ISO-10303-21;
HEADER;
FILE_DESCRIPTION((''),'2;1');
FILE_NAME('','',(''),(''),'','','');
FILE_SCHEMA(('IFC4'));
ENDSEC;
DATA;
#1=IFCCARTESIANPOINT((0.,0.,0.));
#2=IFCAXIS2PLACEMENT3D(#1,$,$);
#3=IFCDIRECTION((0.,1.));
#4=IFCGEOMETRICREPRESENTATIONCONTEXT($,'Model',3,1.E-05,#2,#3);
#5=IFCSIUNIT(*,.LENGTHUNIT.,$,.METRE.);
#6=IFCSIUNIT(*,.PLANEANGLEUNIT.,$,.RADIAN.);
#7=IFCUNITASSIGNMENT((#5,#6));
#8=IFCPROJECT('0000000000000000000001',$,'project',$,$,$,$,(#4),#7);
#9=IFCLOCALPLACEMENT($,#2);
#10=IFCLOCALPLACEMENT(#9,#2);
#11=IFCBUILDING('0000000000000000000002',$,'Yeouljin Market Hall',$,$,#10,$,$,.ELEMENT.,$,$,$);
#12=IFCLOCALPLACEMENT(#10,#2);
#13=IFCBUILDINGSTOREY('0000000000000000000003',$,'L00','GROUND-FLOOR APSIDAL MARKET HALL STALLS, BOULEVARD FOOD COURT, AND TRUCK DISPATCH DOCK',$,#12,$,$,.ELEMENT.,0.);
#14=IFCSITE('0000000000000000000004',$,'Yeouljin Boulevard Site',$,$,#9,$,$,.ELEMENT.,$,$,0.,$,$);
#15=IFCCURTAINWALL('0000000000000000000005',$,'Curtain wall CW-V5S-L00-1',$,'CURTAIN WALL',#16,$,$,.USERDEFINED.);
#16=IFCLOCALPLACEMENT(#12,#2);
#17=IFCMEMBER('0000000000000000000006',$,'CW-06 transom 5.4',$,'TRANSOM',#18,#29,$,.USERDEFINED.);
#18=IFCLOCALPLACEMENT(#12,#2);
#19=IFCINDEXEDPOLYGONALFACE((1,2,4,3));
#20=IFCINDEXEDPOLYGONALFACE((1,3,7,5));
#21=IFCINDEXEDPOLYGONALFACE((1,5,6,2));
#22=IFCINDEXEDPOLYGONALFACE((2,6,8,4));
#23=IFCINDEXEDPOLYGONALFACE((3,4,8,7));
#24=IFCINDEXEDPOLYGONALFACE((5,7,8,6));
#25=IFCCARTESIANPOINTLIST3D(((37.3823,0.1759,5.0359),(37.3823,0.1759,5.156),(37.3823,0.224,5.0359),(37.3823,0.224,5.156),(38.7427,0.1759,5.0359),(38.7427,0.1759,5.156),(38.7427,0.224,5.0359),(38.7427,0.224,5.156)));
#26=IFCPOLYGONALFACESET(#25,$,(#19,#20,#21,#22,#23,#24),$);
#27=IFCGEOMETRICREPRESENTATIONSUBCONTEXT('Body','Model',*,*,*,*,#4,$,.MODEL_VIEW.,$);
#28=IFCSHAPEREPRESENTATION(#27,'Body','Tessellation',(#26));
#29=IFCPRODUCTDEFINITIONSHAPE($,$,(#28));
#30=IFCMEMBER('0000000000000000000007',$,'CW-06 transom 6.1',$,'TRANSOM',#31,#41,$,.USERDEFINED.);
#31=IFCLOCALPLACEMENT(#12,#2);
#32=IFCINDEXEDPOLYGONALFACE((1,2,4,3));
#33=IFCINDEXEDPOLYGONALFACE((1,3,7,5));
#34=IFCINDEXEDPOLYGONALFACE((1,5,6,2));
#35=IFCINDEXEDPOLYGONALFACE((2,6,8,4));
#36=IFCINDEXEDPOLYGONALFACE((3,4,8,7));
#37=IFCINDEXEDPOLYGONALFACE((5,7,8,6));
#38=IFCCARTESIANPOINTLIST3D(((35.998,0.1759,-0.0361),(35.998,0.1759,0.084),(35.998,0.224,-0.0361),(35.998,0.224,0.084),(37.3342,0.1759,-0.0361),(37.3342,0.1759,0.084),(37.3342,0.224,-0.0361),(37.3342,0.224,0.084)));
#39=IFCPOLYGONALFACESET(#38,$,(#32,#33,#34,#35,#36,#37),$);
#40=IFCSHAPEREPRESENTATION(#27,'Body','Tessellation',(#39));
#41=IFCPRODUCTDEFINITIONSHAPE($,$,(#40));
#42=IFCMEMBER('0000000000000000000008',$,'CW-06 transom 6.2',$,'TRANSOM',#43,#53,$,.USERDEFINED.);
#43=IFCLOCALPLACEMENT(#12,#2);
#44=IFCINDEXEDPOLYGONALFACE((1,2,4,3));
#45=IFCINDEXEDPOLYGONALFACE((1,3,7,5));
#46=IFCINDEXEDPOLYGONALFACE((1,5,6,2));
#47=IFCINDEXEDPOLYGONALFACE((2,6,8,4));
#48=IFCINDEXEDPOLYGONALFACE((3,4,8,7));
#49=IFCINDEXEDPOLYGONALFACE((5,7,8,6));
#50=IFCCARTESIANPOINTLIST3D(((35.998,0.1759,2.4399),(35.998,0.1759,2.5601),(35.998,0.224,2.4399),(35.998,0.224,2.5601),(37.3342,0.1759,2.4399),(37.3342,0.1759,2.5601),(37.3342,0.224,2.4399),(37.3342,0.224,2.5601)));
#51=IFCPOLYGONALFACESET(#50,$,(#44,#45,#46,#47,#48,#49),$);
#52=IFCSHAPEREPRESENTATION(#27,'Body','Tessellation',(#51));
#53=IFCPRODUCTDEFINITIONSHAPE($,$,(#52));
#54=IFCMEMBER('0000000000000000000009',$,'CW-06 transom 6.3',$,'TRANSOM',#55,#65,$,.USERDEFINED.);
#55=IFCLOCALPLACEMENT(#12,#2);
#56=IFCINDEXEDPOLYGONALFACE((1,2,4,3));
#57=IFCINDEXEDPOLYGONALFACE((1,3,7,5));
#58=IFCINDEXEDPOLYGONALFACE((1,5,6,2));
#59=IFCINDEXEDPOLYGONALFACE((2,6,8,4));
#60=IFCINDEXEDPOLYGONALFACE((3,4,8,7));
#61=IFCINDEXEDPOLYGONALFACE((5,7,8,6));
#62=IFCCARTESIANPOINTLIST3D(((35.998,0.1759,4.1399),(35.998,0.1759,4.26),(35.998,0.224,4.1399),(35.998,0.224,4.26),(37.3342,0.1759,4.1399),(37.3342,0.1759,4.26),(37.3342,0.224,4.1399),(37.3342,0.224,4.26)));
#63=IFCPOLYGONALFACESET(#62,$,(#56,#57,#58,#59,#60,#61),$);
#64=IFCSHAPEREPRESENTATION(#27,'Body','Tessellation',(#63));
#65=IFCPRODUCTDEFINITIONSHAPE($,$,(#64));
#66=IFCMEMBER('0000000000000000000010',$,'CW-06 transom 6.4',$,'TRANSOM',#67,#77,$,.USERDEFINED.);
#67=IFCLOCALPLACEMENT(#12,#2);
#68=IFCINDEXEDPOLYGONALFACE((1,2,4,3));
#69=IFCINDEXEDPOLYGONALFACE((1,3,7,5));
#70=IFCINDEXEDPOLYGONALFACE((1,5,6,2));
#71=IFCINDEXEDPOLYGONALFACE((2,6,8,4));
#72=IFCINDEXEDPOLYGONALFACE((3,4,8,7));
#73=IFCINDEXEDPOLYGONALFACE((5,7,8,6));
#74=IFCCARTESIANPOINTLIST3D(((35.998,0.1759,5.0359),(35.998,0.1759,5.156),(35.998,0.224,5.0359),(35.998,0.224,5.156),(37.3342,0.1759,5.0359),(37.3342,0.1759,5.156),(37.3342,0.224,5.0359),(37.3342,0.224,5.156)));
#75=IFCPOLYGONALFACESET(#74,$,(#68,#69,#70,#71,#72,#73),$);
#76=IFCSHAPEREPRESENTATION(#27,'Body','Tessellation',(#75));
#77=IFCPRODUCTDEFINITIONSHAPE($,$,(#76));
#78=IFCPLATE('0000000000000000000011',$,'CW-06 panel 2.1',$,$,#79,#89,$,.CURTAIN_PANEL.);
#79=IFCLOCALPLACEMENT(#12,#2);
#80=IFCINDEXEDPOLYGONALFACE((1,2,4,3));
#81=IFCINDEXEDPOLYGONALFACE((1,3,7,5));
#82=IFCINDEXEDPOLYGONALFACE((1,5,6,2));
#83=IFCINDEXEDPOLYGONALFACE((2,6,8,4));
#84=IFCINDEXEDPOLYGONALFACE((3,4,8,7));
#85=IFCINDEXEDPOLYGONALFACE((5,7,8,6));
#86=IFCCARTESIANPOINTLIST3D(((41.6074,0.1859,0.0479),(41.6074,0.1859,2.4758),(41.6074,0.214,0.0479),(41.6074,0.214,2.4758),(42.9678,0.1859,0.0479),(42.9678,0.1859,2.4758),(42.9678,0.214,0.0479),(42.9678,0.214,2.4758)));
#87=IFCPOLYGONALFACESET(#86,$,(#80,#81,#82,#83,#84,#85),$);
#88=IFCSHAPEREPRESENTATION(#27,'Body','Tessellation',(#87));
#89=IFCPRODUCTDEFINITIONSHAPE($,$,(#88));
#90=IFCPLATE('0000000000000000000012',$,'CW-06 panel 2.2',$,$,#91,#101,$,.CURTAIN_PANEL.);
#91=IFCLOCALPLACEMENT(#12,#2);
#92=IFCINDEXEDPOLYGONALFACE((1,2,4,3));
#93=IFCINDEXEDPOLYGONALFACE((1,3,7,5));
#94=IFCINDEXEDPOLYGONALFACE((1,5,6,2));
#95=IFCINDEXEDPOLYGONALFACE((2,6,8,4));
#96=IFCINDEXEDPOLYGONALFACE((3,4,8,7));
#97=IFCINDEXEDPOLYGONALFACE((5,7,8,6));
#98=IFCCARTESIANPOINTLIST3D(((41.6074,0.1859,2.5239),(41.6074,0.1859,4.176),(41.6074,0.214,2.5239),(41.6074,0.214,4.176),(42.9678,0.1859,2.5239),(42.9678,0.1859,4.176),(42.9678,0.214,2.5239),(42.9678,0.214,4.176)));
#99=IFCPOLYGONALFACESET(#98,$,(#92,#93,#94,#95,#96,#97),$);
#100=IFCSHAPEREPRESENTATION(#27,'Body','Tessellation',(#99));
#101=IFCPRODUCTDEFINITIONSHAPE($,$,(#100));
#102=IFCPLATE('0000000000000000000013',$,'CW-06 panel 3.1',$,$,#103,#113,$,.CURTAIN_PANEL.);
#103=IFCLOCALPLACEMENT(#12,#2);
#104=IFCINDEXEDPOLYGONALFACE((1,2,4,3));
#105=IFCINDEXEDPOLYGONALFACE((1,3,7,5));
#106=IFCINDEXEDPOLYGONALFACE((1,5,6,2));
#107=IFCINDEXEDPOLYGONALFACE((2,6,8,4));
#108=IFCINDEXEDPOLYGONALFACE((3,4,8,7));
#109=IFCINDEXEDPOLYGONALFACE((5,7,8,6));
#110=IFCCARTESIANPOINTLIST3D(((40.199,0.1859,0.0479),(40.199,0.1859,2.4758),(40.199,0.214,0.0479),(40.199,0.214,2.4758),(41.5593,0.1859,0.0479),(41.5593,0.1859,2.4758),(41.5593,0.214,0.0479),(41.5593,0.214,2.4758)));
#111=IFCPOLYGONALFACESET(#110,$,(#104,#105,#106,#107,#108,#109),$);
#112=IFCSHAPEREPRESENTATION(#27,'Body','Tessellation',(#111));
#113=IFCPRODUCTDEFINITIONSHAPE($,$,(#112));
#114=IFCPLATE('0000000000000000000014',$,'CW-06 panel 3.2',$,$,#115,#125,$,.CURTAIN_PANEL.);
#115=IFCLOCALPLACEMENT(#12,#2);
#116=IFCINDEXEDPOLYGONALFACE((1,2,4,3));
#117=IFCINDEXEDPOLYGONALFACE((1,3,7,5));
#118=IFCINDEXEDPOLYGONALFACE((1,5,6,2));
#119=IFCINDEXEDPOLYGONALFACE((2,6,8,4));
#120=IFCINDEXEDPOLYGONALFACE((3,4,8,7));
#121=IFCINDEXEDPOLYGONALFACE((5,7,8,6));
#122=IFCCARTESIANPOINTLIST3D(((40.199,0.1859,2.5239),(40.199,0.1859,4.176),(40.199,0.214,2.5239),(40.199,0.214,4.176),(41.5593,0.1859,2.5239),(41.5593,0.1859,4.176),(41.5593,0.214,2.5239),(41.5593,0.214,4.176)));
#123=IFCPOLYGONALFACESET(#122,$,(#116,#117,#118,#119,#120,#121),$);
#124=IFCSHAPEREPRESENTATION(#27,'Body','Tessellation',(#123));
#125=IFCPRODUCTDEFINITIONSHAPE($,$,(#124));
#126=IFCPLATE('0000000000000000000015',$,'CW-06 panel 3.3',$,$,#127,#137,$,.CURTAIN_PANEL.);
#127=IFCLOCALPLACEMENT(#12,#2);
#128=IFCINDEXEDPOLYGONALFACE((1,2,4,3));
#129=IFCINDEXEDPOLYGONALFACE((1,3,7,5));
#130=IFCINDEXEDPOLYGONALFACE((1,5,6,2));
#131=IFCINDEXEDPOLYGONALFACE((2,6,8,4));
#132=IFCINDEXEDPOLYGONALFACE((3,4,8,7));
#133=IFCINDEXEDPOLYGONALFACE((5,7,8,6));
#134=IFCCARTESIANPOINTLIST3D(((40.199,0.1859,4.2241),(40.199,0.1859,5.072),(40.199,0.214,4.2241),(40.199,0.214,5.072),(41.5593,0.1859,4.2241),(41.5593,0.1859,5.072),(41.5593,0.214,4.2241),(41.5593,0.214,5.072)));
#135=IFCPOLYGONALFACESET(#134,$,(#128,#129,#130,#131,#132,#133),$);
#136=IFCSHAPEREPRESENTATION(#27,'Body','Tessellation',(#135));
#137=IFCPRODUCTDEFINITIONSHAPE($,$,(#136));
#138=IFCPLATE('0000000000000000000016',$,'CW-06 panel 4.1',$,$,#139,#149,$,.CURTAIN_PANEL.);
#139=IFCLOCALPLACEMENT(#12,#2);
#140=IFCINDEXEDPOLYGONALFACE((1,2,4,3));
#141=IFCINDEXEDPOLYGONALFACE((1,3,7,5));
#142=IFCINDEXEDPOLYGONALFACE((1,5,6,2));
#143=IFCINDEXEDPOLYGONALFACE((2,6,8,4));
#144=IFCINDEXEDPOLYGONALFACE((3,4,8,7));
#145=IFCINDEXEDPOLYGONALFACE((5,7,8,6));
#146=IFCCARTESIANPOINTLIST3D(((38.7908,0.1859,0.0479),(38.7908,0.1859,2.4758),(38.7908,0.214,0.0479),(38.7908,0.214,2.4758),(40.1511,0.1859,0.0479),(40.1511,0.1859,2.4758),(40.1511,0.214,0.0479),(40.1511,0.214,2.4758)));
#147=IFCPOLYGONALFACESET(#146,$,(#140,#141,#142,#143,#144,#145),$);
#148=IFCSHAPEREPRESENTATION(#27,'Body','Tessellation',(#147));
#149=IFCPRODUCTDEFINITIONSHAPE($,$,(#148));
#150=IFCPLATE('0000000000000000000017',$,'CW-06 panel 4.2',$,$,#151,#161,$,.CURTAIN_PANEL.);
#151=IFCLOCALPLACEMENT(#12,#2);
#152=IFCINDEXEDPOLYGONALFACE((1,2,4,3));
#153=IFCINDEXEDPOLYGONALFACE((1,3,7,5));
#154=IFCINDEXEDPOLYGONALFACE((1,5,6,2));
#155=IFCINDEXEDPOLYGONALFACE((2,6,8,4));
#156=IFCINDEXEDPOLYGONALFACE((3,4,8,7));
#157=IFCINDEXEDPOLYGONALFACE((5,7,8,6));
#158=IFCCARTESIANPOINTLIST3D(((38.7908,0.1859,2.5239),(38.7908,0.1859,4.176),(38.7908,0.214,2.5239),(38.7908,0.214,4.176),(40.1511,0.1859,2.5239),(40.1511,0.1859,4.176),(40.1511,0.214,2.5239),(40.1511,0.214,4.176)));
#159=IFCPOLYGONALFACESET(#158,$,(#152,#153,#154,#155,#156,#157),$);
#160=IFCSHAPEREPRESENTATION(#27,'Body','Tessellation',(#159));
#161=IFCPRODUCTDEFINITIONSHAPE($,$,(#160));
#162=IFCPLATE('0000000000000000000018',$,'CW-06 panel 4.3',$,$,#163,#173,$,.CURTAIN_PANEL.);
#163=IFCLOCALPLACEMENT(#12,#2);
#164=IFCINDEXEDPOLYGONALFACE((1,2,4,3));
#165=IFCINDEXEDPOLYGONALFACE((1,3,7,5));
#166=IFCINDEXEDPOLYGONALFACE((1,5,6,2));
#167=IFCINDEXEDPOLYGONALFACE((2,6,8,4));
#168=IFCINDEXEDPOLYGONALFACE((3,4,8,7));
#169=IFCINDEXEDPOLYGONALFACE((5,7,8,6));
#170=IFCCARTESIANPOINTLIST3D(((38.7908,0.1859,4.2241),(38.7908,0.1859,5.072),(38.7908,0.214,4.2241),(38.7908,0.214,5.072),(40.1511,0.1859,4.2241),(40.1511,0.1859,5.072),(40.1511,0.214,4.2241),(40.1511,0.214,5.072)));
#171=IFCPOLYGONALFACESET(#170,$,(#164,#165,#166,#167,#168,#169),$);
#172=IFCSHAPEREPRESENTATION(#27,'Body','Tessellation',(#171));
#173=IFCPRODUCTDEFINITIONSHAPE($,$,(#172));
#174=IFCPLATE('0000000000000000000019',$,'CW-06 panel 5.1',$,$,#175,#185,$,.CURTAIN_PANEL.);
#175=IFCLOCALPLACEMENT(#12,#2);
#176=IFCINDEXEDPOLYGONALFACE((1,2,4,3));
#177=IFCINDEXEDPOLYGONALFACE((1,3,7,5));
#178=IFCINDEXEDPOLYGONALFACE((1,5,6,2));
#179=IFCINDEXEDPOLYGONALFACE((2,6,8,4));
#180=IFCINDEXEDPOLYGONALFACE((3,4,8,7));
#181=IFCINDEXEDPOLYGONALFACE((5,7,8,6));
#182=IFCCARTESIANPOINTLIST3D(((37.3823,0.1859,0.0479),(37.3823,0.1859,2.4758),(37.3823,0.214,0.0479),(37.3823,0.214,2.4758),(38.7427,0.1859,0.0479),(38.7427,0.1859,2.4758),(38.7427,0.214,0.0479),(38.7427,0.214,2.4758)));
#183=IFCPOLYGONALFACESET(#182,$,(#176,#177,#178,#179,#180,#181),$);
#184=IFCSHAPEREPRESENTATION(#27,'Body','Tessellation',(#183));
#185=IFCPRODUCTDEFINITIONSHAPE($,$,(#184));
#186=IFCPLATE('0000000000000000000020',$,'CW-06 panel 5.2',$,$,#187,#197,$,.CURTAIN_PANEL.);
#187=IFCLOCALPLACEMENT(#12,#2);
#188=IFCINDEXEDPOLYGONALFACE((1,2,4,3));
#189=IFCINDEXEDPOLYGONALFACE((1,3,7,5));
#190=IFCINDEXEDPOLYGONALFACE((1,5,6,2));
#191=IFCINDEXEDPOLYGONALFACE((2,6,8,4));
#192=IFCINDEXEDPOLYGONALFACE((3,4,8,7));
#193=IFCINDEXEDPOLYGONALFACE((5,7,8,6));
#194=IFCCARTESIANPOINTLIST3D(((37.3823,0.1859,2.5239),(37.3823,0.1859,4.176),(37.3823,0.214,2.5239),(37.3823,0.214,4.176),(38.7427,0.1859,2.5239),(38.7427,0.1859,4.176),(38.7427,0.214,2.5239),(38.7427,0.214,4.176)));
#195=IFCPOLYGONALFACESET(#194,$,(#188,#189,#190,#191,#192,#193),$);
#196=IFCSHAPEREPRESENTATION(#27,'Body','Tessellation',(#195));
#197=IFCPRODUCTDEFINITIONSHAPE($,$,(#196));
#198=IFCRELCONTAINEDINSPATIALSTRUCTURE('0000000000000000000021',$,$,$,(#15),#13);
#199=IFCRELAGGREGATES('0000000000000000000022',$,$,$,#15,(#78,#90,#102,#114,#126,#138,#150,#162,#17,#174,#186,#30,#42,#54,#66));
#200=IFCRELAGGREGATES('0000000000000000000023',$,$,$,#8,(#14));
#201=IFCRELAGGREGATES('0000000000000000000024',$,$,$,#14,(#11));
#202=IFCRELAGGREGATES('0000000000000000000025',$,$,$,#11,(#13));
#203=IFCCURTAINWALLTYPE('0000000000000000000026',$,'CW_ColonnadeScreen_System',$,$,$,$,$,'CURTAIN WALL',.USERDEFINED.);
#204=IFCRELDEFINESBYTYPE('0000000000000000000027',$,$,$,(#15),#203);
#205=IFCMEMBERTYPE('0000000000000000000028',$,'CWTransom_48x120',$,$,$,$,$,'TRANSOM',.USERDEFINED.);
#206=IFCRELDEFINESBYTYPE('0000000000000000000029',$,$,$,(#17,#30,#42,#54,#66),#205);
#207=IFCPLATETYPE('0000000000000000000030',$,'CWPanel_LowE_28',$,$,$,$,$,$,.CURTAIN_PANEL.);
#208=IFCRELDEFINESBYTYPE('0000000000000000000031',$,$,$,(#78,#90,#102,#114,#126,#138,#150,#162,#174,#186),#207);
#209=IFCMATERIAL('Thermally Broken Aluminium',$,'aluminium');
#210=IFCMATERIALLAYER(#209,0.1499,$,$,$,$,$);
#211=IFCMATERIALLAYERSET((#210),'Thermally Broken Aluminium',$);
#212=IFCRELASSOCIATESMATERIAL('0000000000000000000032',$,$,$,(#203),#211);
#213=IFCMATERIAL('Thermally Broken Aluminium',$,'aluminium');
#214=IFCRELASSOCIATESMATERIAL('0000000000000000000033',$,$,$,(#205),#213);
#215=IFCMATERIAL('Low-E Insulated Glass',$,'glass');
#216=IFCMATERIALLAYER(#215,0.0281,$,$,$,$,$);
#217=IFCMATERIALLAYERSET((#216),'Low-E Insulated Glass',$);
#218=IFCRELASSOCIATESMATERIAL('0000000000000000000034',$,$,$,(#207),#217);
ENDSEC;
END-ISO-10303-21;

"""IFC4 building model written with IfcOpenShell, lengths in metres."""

from ifc_helpers import new_model, si_unit, direction, frame, origin, origin_2d, place, context, subcontext, project, spatial, rectangle, extrude, material, layer, layer_set, material_profile, profile_set, type_object, element, aggregate, save


model = new_model("IFC4")

# Units and contexts
model_context = context("Model", 3, precision=1e-05, world=origin(), true_north=direction((0.0, 1.0)))
body_context = subcontext(model_context, "Body", "Model", "MODEL_VIEW")
ifc_project = project(units=[si_unit("LENGTHUNIT", "METRE"), si_unit("PLANEANGLEUNIT", "RADIAN")], contexts=[model_context])

# Site, building, storey
site_placement = place(None, origin())
site = spatial("IfcSite", under=ifc_project, at=site_placement, Name="Yeouljin Boulevard Site", CompositionType="ELEMENT", RefElevation=0.0)
building_placement = place(site_placement, origin())
building = spatial("IfcBuilding", under=site, at=building_placement, Name="Yeouljin Market Hall", CompositionType="ELEMENT")
storey_placement = place(building_placement, origin())
storey = spatial("IfcBuildingStorey", under=building, at=storey_placement, Name="L00", Description="GROUND-FLOOR APSIDAL MARKET HALL STALLS, BOULEVARD FOOD COURT, AND TRUCK DISPATCH DOCK", CompositionType="ELEMENT", Elevation=0.0)

# Curtain wall, members, plates
ifc_material_1 = material(Name="Thermally Broken Aluminium", Category="aluminium")
ifc_layer_1 = layer(ifc_material_1, 0.1499)
ifc_layer_set_1 = layer_set([ifc_layer_1], Name="Thermally Broken Aluminium")
curtain_wall_type = type_object("IfcCurtainWallType", Name="CW_ColonnadeScreen_System", ElementType="CURTAIN WALL", PredefinedType="USERDEFINED", material=ifc_layer_set_1)
curtain_wall_placement = place(storey_placement, origin())
curtain_wall = element("IfcCurtainWall", 1, at=curtain_wall_placement, inside=storey, type_object=curtain_wall_type, Name="Curtain wall CW-V5S-L00-1", ObjectType="CURTAIN WALL", PredefinedType="USERDEFINED")
ifc_material_2 = material(Name="Thermally Broken Aluminium", Category="aluminium")
ifc_material_profile_1 = material_profile(ifc_material_2, rectangle(XDim=0.0481, YDim=0.1201, at=origin_2d()), Name="CW-TRAN-48x120")
ifc_profile_set_1 = profile_set([ifc_material_profile_1], Name="Thermally Broken Aluminium")
member_type_1 = type_object("IfcMemberType", Name="CWTransom_48x120", ElementType="TRANSOM", PredefinedType="USERDEFINED", material=ifc_profile_set_1)
member_1_placement = place(storey_placement, frame((38.7427, 0.2, 5.0959), z_axis=(-1.0, 0.0, 0.0), x_axis=(0.0, -1.0, 0.0)))
member_1 = element("IfcMember", 2, at=member_1_placement, type_object=member_type_1, Name="CW-06 transom 5.4", ObjectType="TRANSOM", PredefinedType="USERDEFINED", context=body_context, shape_type="SweptSolid", body=[
    extrude(rectangle(XDim=0.0481, YDim=0.1201, at=origin_2d()), origin(), (0.0, 0.0, 1.0), 1.3604),
])
member_2_placement = place(storey_placement, frame((37.3342, 0.2, 0.0239), z_axis=(-1.0, 0.0, 0.0), x_axis=(0.0, -1.0, 0.0)))
member_2 = element("IfcMember", 3, at=member_2_placement, type_object=member_type_1, Name="CW-06 transom 6.1", ObjectType="TRANSOM", PredefinedType="USERDEFINED", context=body_context, shape_type="SweptSolid", body=[
    extrude(rectangle(XDim=0.0481, YDim=0.1201, at=origin_2d()), origin(), (0.0, 0.0, 1.0), 1.3362),
])
member_3_placement = place(storey_placement, frame((37.3342, 0.2, 2.5), z_axis=(-1.0, 0.0, 0.0), x_axis=(0.0, -1.0, 0.0)))
member_3 = element("IfcMember", 4, at=member_3_placement, type_object=member_type_1, Name="CW-06 transom 6.2", ObjectType="TRANSOM", PredefinedType="USERDEFINED", context=body_context, shape_type="SweptSolid", body=[
    extrude(rectangle(XDim=0.0481, YDim=0.1201, at=origin_2d()), origin(), (0.0, 0.0, 1.0), 1.3362),
])
member_4_placement = place(storey_placement, frame((37.3342, 0.2, 4.2), z_axis=(-1.0, 0.0, 0.0), x_axis=(0.0, -1.0, 0.0)))
member_4 = element("IfcMember", 5, at=member_4_placement, type_object=member_type_1, Name="CW-06 transom 6.3", ObjectType="TRANSOM", PredefinedType="USERDEFINED", context=body_context, shape_type="SweptSolid", body=[
    extrude(rectangle(XDim=0.0481, YDim=0.1201, at=origin_2d()), origin(), (0.0, 0.0, 1.0), 1.3362),
])
member_5_placement = place(storey_placement, frame((37.3342, 0.2, 5.0959), z_axis=(-1.0, 0.0, 0.0), x_axis=(0.0, -1.0, 0.0)))
member_5 = element("IfcMember", 6, at=member_5_placement, type_object=member_type_1, Name="CW-06 transom 6.4", ObjectType="TRANSOM", PredefinedType="USERDEFINED", context=body_context, shape_type="SweptSolid", body=[
    extrude(rectangle(XDim=0.0481, YDim=0.1201, at=origin_2d()), origin(), (0.0, 0.0, 1.0), 1.3362),
])
ifc_material_3 = material(Name="Low-E Insulated Glass", Category="glass")
ifc_layer_2 = layer(ifc_material_3, 0.0281)
ifc_layer_set_2 = layer_set([ifc_layer_2], Name="Low-E Insulated Glass")
plate_type = type_object("IfcPlateType", Name="CWPanel_LowE_28", PredefinedType="CURTAIN_PANEL", material=ifc_layer_set_2)
plate_1_placement = place(storey_placement, frame((42.2876, 0.2, 0.0479), z_axis=(0.0, 0.0, 1.0), x_axis=(-1.0, 0.0, 0.0)))
plate_1 = element("IfcPlate", 7, at=plate_1_placement, type_object=plate_type, Name="CW-06 panel 2.1", PredefinedType="CURTAIN_PANEL", context=body_context, shape_type="SweptSolid", body=[
    extrude(rectangle(XDim=1.3604, YDim=0.0281, at=origin_2d()), origin(), (0.0, 0.0, 1.0), 2.428),
])
plate_2_placement = place(storey_placement, frame((42.2876, 0.2, 2.5239), z_axis=(0.0, 0.0, 1.0), x_axis=(-1.0, 0.0, 0.0)))
plate_2 = element("IfcPlate", 8, at=plate_2_placement, type_object=plate_type, Name="CW-06 panel 2.2", PredefinedType="CURTAIN_PANEL", context=body_context, shape_type="SweptSolid", body=[
    extrude(rectangle(XDim=1.3604, YDim=0.0281, at=origin_2d()), origin(), (0.0, 0.0, 1.0), 1.6521),
])
plate_3_placement = place(storey_placement, frame((40.8792, 0.2, 0.0479), z_axis=(0.0, 0.0, 1.0), x_axis=(-1.0, 0.0, 0.0)))
plate_3 = element("IfcPlate", 9, at=plate_3_placement, type_object=plate_type, Name="CW-06 panel 3.1", PredefinedType="CURTAIN_PANEL", context=body_context, shape_type="SweptSolid", body=[
    extrude(rectangle(XDim=1.3604, YDim=0.0281, at=origin_2d()), origin(), (0.0, 0.0, 1.0), 2.428),
])
plate_4_placement = place(storey_placement, frame((40.8792, 0.2, 2.5239), z_axis=(0.0, 0.0, 1.0), x_axis=(-1.0, 0.0, 0.0)))
plate_4 = element("IfcPlate", 10, at=plate_4_placement, type_object=plate_type, Name="CW-06 panel 3.2", PredefinedType="CURTAIN_PANEL", context=body_context, shape_type="SweptSolid", body=[
    extrude(rectangle(XDim=1.3604, YDim=0.0281, at=origin_2d()), origin(), (0.0, 0.0, 1.0), 1.6521),
])
plate_5_placement = place(storey_placement, frame((40.8792, 0.2, 4.2241), z_axis=(0.0, 0.0, 1.0), x_axis=(-1.0, 0.0, 0.0)))
plate_5 = element("IfcPlate", 11, at=plate_5_placement, type_object=plate_type, Name="CW-06 panel 3.3", PredefinedType="CURTAIN_PANEL", context=body_context, shape_type="SweptSolid", body=[
    extrude(rectangle(XDim=1.3604, YDim=0.0281, at=origin_2d()), origin(), (0.0, 0.0, 1.0), 0.8479),
])
plate_6_placement = place(storey_placement, frame((39.4709, 0.2, 0.0479), z_axis=(0.0, 0.0, 1.0), x_axis=(-1.0, 0.0, 0.0)))
plate_6 = element("IfcPlate", 12, at=plate_6_placement, type_object=plate_type, Name="CW-06 panel 4.1", PredefinedType="CURTAIN_PANEL", context=body_context, shape_type="SweptSolid", body=[
    extrude(rectangle(XDim=1.3604, YDim=0.0281, at=origin_2d()), origin(), (0.0, 0.0, 1.0), 2.428),
])
plate_7_placement = place(storey_placement, frame((39.4709, 0.2, 2.5239), z_axis=(0.0, 0.0, 1.0), x_axis=(-1.0, 0.0, 0.0)))
plate_7 = element("IfcPlate", 13, at=plate_7_placement, type_object=plate_type, Name="CW-06 panel 4.2", PredefinedType="CURTAIN_PANEL", context=body_context, shape_type="SweptSolid", body=[
    extrude(rectangle(XDim=1.3604, YDim=0.0281, at=origin_2d()), origin(), (0.0, 0.0, 1.0), 1.6521),
])
plate_8_placement = place(storey_placement, frame((39.4709, 0.2, 4.2241), z_axis=(0.0, 0.0, 1.0), x_axis=(-1.0, 0.0, 0.0)))
plate_8 = element("IfcPlate", 14, at=plate_8_placement, type_object=plate_type, Name="CW-06 panel 4.3", PredefinedType="CURTAIN_PANEL", context=body_context, shape_type="SweptSolid", body=[
    extrude(rectangle(XDim=1.3604, YDim=0.0281, at=origin_2d()), origin(), (0.0, 0.0, 1.0), 0.8479),
])
plate_9_placement = place(storey_placement, frame((38.0625, 0.2, 0.0479), z_axis=(0.0, 0.0, 1.0), x_axis=(-1.0, 0.0, 0.0)))
plate_9 = element("IfcPlate", 15, at=plate_9_placement, type_object=plate_type, Name="CW-06 panel 5.1", PredefinedType="CURTAIN_PANEL", context=body_context, shape_type="SweptSolid", body=[
    extrude(rectangle(XDim=1.3604, YDim=0.0281, at=origin_2d()), origin(), (0.0, 0.0, 1.0), 2.428),
])
plate_10_placement = place(storey_placement, frame((38.0625, 0.2, 2.5239), z_axis=(0.0, 0.0, 1.0), x_axis=(-1.0, 0.0, 0.0)))
plate_10 = element("IfcPlate", 16, at=plate_10_placement, type_object=plate_type, Name="CW-06 panel 5.2", PredefinedType="CURTAIN_PANEL", context=body_context, shape_type="SweptSolid", body=[
    extrude(rectangle(XDim=1.3604, YDim=0.0281, at=origin_2d()), origin(), (0.0, 0.0, 1.0), 1.6521),
])
aggregate(curtain_wall, [plate_1, plate_2, plate_3, plate_4, plate_5, plate_6, plate_7, plate_8, member_1, plate_9, plate_10, member_2, member_3, member_4, member_5])

save(model, "model.ifc")
